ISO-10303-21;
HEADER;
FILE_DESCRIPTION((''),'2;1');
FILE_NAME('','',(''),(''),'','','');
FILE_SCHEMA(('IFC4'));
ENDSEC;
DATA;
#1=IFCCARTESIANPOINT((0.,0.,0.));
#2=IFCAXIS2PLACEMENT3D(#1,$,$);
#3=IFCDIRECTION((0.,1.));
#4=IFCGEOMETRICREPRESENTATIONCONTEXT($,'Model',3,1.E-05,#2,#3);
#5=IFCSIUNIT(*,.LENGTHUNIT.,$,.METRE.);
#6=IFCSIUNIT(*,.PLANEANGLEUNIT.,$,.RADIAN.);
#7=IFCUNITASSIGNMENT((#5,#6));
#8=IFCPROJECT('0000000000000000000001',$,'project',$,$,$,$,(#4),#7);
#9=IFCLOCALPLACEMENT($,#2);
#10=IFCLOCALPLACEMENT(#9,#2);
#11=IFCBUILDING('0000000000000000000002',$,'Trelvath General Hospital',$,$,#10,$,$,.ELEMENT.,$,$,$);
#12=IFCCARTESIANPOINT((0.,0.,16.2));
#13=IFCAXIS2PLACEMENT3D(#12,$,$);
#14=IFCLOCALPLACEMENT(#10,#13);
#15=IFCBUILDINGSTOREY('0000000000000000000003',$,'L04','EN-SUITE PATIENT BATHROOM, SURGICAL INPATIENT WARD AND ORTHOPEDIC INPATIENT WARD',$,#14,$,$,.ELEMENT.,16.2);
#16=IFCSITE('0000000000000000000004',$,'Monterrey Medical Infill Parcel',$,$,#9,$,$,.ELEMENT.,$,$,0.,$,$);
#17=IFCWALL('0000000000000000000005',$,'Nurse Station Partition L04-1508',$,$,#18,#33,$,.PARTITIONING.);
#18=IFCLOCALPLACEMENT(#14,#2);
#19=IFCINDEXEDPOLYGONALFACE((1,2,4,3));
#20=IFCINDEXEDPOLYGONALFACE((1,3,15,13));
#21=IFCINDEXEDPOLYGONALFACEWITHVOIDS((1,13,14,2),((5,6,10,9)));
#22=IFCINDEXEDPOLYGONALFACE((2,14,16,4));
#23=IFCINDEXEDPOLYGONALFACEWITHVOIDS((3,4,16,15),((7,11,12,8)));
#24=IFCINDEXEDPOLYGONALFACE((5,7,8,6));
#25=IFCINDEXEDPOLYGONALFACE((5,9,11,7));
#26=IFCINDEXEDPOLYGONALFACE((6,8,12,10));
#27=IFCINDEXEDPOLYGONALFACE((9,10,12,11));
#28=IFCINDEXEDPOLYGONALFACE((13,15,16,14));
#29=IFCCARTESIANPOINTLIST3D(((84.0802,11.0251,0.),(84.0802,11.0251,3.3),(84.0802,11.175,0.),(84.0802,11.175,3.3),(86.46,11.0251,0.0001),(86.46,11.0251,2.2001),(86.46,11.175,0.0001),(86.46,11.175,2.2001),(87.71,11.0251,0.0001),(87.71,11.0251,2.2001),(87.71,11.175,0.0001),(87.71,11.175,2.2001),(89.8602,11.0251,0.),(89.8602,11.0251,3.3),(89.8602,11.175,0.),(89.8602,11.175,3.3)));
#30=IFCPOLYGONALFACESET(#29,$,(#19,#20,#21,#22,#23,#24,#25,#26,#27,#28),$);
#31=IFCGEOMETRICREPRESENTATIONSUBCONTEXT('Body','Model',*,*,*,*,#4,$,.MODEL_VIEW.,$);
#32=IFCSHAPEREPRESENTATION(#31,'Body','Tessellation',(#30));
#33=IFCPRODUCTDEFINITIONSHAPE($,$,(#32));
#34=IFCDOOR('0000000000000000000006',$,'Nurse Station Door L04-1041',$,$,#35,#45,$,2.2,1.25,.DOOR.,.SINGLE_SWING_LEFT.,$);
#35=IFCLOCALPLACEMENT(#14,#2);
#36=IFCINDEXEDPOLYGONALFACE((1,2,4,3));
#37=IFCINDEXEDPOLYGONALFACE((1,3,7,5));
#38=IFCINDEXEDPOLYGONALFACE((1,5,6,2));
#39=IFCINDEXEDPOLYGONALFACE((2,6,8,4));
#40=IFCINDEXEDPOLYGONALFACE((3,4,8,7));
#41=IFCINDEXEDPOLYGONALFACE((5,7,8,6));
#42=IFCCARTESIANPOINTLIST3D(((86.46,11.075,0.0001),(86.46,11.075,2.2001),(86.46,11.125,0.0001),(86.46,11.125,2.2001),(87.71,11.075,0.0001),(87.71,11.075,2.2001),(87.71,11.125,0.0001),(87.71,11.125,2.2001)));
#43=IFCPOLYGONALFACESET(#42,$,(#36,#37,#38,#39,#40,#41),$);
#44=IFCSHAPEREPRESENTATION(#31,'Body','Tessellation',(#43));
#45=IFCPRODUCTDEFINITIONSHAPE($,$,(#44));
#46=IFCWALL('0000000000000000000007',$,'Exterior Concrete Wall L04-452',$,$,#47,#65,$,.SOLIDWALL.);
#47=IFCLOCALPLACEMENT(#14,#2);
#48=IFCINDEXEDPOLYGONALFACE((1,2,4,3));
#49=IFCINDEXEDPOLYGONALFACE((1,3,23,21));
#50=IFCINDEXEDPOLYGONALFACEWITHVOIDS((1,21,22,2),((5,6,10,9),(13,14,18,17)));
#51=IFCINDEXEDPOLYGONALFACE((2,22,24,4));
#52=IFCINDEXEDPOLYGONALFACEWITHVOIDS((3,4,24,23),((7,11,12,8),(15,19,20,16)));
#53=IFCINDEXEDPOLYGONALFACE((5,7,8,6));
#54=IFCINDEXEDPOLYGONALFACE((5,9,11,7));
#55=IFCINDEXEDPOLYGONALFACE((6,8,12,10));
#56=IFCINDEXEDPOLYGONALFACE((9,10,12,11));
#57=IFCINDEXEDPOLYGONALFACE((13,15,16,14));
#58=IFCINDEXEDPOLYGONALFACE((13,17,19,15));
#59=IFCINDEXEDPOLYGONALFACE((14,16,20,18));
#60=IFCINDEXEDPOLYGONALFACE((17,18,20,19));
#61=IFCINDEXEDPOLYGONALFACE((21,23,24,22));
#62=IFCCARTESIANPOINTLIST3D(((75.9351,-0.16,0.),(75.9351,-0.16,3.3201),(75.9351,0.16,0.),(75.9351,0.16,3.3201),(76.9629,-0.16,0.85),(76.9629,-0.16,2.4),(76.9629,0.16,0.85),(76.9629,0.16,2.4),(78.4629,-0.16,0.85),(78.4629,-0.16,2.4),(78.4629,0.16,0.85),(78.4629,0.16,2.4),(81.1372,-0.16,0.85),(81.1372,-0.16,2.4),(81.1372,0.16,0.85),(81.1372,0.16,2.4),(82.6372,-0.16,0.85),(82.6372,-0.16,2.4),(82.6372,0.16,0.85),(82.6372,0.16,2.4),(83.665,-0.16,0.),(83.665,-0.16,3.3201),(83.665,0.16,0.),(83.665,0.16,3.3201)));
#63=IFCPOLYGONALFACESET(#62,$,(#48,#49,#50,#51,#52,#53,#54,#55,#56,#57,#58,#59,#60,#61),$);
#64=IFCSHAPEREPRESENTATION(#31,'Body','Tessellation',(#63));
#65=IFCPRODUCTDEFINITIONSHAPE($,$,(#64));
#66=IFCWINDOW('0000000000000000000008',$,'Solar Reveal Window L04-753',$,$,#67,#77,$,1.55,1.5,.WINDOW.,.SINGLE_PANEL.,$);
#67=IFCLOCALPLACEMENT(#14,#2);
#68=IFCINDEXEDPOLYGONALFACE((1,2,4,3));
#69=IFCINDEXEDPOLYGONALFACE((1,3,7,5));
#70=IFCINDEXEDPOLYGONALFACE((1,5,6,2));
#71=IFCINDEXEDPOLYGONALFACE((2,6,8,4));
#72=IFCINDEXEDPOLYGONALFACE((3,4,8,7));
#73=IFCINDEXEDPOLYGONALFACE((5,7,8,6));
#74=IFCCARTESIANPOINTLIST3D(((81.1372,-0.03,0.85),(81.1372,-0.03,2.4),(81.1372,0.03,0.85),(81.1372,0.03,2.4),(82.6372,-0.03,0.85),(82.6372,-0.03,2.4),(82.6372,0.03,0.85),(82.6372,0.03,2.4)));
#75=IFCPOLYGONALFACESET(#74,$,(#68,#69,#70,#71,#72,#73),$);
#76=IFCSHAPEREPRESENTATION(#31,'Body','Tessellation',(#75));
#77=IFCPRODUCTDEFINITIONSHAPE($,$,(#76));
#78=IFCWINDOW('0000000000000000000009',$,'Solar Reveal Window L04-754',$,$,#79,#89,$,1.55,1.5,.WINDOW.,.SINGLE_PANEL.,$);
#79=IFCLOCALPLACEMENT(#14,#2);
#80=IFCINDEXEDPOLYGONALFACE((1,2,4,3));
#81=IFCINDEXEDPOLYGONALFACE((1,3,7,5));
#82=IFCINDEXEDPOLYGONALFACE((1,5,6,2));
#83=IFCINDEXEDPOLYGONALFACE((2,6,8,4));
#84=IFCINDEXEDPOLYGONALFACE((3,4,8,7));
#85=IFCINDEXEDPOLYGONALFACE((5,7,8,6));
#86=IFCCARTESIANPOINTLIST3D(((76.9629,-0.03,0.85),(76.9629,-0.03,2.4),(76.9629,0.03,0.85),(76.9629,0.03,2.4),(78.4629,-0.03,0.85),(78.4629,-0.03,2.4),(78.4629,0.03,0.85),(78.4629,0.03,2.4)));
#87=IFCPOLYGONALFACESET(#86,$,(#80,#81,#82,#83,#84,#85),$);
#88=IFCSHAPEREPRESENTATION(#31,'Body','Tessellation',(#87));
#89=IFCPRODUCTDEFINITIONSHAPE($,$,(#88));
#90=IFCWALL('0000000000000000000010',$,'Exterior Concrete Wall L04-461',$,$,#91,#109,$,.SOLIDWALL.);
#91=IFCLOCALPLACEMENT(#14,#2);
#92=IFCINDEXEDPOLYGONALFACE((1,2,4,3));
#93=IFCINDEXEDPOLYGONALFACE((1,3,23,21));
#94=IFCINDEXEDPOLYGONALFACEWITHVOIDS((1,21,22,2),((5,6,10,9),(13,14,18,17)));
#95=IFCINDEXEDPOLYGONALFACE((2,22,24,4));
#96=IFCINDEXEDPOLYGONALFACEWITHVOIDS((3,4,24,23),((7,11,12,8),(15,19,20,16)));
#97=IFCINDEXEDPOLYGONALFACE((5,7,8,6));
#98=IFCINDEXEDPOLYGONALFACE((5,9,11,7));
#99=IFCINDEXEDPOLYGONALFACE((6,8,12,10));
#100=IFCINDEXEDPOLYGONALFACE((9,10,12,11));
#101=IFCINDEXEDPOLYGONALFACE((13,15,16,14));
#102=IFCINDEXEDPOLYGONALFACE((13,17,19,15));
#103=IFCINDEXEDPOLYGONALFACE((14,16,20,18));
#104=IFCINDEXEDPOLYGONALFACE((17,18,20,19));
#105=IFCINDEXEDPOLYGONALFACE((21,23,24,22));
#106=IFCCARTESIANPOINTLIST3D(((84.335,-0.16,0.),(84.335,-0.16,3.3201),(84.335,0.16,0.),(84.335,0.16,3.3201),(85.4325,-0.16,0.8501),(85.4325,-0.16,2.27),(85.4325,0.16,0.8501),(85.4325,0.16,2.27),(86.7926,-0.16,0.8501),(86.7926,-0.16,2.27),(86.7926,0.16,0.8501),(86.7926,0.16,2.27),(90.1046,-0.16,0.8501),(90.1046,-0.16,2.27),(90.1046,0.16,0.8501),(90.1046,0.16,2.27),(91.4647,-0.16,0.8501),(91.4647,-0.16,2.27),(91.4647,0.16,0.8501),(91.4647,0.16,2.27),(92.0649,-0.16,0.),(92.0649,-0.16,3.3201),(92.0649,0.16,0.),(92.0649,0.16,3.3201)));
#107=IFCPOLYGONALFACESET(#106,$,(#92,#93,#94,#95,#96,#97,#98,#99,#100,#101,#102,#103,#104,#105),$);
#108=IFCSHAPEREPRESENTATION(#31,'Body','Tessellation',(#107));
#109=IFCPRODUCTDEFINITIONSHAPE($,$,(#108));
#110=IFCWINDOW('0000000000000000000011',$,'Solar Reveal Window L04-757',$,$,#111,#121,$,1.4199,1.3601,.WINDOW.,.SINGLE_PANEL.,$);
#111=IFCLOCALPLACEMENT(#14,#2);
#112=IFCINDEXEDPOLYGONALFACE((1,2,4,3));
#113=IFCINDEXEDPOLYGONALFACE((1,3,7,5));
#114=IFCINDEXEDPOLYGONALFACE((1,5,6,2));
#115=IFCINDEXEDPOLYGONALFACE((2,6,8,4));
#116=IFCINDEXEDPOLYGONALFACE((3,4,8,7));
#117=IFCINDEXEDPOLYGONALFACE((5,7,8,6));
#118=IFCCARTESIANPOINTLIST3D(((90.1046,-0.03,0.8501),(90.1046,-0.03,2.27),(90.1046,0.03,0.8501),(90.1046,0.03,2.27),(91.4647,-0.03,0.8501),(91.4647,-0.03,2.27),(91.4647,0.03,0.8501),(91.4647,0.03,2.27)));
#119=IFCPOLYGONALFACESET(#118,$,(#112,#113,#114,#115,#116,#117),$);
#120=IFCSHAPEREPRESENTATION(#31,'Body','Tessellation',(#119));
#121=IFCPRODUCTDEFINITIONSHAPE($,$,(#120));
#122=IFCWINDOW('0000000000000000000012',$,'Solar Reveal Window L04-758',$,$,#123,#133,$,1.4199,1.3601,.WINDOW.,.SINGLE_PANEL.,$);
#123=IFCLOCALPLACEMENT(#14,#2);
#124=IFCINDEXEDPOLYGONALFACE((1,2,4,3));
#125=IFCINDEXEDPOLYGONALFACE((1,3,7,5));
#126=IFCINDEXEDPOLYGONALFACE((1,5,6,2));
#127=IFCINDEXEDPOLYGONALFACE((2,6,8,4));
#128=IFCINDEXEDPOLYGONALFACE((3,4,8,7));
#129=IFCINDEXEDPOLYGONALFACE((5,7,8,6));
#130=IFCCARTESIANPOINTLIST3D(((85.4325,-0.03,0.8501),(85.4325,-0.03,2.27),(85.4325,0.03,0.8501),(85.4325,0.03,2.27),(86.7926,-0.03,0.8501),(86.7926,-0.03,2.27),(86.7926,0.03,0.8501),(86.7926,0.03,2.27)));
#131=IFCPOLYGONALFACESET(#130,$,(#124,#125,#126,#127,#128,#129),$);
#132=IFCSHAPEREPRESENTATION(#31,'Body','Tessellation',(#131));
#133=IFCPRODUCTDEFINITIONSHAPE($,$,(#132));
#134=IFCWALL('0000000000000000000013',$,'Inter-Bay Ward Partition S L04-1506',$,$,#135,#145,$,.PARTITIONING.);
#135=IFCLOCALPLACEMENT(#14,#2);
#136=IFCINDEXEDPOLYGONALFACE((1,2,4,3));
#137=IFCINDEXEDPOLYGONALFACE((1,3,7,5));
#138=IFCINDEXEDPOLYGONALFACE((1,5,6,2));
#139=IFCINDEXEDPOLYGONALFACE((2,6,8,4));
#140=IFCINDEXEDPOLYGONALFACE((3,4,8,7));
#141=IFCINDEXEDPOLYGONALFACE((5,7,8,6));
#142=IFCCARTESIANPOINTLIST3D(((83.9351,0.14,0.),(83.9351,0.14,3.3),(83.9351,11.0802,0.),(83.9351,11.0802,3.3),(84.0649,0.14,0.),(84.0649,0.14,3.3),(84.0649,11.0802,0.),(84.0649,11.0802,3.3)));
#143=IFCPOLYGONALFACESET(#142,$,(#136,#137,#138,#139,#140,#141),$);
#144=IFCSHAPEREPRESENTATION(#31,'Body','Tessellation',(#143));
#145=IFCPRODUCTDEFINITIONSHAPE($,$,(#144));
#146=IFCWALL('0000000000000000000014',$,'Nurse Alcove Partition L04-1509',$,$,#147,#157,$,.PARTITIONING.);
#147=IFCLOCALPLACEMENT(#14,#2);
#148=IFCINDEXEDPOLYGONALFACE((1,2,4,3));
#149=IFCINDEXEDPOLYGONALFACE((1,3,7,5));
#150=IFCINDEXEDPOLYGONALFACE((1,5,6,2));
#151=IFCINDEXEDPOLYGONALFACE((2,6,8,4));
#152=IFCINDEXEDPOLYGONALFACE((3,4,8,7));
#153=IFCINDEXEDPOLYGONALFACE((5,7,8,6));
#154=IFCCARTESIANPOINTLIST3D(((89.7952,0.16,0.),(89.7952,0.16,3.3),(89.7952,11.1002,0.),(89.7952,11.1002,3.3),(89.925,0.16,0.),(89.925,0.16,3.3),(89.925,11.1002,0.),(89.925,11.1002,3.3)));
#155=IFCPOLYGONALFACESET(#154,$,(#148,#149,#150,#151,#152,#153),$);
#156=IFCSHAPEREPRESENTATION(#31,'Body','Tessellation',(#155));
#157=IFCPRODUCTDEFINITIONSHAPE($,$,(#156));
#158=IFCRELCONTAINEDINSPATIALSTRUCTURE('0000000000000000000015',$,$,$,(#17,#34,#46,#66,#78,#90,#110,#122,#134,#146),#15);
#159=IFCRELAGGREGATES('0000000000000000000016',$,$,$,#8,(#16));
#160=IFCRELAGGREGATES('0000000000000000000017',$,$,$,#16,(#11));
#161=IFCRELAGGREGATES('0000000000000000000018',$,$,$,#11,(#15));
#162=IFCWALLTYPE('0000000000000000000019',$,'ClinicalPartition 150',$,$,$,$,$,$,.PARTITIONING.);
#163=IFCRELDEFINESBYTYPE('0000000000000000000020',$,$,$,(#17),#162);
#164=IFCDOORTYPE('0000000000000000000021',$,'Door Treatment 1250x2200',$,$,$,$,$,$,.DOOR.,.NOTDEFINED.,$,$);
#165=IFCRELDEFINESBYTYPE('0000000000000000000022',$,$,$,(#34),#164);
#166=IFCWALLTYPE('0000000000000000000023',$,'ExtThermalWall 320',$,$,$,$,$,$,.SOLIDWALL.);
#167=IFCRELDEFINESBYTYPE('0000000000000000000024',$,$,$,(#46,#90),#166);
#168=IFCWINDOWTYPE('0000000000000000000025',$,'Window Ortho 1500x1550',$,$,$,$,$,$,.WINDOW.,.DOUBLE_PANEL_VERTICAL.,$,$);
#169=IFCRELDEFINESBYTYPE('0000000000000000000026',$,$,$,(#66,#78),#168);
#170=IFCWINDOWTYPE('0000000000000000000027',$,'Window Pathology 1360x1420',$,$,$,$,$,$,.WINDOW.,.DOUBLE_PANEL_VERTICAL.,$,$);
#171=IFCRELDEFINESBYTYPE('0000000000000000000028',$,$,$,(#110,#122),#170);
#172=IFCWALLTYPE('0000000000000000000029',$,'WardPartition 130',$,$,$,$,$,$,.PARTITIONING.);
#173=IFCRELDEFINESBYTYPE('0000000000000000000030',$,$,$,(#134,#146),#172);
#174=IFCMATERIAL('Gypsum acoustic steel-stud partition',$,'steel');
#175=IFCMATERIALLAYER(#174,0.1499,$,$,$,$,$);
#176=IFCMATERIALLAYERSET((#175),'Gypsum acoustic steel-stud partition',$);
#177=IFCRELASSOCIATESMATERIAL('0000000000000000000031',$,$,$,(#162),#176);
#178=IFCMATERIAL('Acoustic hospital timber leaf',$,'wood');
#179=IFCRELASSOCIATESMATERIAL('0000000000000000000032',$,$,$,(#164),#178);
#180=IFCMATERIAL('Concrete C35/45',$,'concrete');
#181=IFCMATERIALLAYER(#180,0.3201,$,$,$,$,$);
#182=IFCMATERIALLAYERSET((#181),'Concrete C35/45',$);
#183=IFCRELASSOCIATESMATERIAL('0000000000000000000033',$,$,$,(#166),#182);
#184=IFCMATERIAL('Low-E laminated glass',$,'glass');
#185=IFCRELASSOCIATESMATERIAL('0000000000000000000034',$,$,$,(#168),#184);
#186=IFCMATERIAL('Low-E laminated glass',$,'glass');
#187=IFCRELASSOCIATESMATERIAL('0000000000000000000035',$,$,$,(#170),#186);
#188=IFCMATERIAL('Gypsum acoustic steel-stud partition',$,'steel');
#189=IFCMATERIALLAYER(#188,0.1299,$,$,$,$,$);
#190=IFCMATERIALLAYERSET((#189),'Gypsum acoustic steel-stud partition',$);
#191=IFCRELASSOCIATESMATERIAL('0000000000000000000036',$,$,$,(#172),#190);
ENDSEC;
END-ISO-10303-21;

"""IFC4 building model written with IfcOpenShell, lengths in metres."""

from ifc_helpers import new_model, si_unit, direction, frame, frame_2d, origin, place, context, subcontext, project, spatial, rectangle, extrude, material, layer, layer_set, type_object, element, fill, save


model = new_model("IFC4")

# Units and contexts
model_context = context("Model", 3, precision=1e-05, world=origin(), true_north=direction((0.0, 1.0)))
body_context = subcontext(model_context, "Body", "Model", "MODEL_VIEW")
ifc_project = project(units=[si_unit("LENGTHUNIT", "METRE"), si_unit("PLANEANGLEUNIT", "RADIAN")], contexts=[model_context])

# Site, building, storey
site_placement = place(None, origin())
site = spatial("IfcSite", under=ifc_project, at=site_placement, Name="Monterrey Medical Infill Parcel", CompositionType="ELEMENT", RefElevation=0.0)
building_placement = place(site_placement, origin())
building = spatial("IfcBuilding", under=site, at=building_placement, Name="Trelvath General Hospital", CompositionType="ELEMENT")
storey_placement = place(building_placement, frame((0.0, 0.0, 16.2)))
storey = spatial("IfcBuildingStorey", under=building, at=storey_placement, Name="L04", Description="EN-SUITE PATIENT BATHROOM, SURGICAL INPATIENT WARD AND ORTHOPEDIC INPATIENT WARD", CompositionType="ELEMENT", Elevation=16.2)

# Wall, opening, door
ifc_material_1 = material(Name="Gypsum acoustic steel-stud partition", Category="steel")
ifc_layer_1 = layer(ifc_material_1, 0.1499)
ifc_layer_set_1 = layer_set([ifc_layer_1], Name="Gypsum acoustic steel-stud partition")
wall_type_1 = type_object("IfcWallType", Name="ClinicalPartition 150", PredefinedType="PARTITIONING", material=ifc_layer_set_1)
wall_1_placement = place(storey_placement, frame((84.0801, 11.1001, 0.0), z_axis=(0.0, 0.0, 1.0), x_axis=(1.0, 0.0, 0.0)))
wall_1 = element("IfcWall", 1, at=wall_1_placement, inside=storey, type_object=wall_type_1, Name="Nurse Station Partition L04-1508", PredefinedType="PARTITIONING", context=body_context, shape_type="SweptSolid", body=[
    extrude(rectangle(XDim=5.78, YDim=0.1499, at=frame_2d((2.8901, 0.0))), origin(), (0.0, 0.0, 1.0), 3.3),
])
opening_1_placement = place(wall_1_placement, frame((2.3799, 0.0, 0.0)))
opening_1 = element("IfcOpeningElement", 2, at=opening_1_placement, cuts=wall_1, PredefinedType="OPENING", context=body_context, shape_type="SweptSolid", body=[
    extrude(rectangle(XDim=1.25, YDim=2.2, at=frame_2d((0.625, 1.1001))), frame((0.0, 0.085, 0.0), z_axis=(0.0, -1.0, 0.0), x_axis=(1.0, 0.0, 0.0)), (0.0, 0.0, 1.0), 0.1699),
])
ifc_material_2 = material(Name="Acoustic hospital timber leaf", Category="wood")
door_type_1 = type_object("IfcDoorType", Name="Door Treatment 1250x2200", OperationType="NOTDEFINED", PredefinedType="DOOR", material=ifc_material_2)
door_1_placement = place(opening_1_placement, origin())
door_1 = element("IfcDoor", 3, at=door_1_placement, inside=storey, type_object=door_type_1, Name="Nurse Station Door L04-1041", OperationType="SINGLE_SWING_LEFT", OverallHeight=2.2, OverallWidth=1.25, PredefinedType="DOOR", context=body_context, shape_type="SweptSolid", body=[
    extrude(rectangle(XDim=1.25, YDim=2.2, at=frame_2d((0.625, 1.1001))), frame((0.0, 0.0249, 0.0), z_axis=(0.0, -1.0, 0.0), x_axis=(1.0, 0.0, 0.0)), (0.0, 0.0, 1.0), 0.05),
])
fill(opening_1, door_1)

# Walls, openings, windows
ifc_material_3 = material(Name="Concrete C35/45", Category="concrete")
ifc_layer_2 = layer(ifc_material_3, 0.3201)
ifc_layer_set_2 = layer_set([ifc_layer_2], Name="Concrete C35/45")
wall_type_2 = type_object("IfcWallType", Name="ExtThermalWall 320", PredefinedType="SOLIDWALL", material=ifc_layer_set_2)
wall_2_placement = place(storey_placement, frame((83.665, 0.0, 0.0), z_axis=(0.0, 0.0, 1.0), x_axis=(-1.0, 0.0, 0.0)))
wall_2 = element("IfcWall", 4, at=wall_2_placement, inside=storey, type_object=wall_type_2, Name="Exterior Concrete Wall L04-452", PredefinedType="SOLIDWALL", context=body_context, shape_type="SweptSolid", body=[
    extrude(rectangle(XDim=7.73, YDim=0.3201, at=frame_2d((3.865, 0.0))), origin(), (0.0, 0.0, 1.0), 3.3201),
])
opening_2_placement = place(wall_2_placement, frame((1.0278, 0.0, 0.8501)))
opening_2 = element("IfcOpeningElement", 5, at=opening_2_placement, cuts=wall_2, PredefinedType="OPENING", context=body_context, shape_type="SweptSolid", body=[
    extrude(rectangle(XDim=1.5, YDim=1.55, at=frame_2d((0.75, 0.7749))), frame((0.0, 0.1699, 0.0), z_axis=(0.0, -1.0, 0.0), x_axis=(1.0, 0.0, 0.0)), (0.0, 0.0, 1.0), 0.3401),
])
opening_3_placement = place(wall_2_placement, frame((5.2021, 0.0, 0.8501)))
opening_3 = element("IfcOpeningElement", 6, at=opening_3_placement, cuts=wall_2, PredefinedType="OPENING", context=body_context, shape_type="SweptSolid", body=[
    extrude(rectangle(XDim=1.5, YDim=1.55, at=frame_2d((0.75, 0.7749))), frame((0.0, 0.1699, 0.0), z_axis=(0.0, -1.0, 0.0), x_axis=(1.0, 0.0, 0.0)), (0.0, 0.0, 1.0), 0.3401),
])
ifc_material_4 = material(Name="Low-E laminated glass", Category="glass")
window_type_1 = type_object("IfcWindowType", Name="Window Ortho 1500x1550", PartitioningType="DOUBLE_PANEL_VERTICAL", PredefinedType="WINDOW", material=ifc_material_4)
window_1_placement = place(opening_2_placement, origin())
window_1 = element("IfcWindow", 7, at=window_1_placement, inside=storey, type_object=window_type_1, Name="Solar Reveal Window L04-753", OverallHeight=1.55, OverallWidth=1.5, PartitioningType="SINGLE_PANEL", PredefinedType="WINDOW", context=body_context, shape_type="SweptSolid", body=[
    extrude(rectangle(XDim=1.5, YDim=1.55, at=frame_2d((0.75, 0.7749))), frame((0.0, 0.03, 0.0), z_axis=(0.0, -1.0, 0.0), x_axis=(1.0, 0.0, 0.0)), (0.0, 0.0, 1.0), 0.0601),
])
fill(opening_2, window_1)
window_2_placement = place(opening_3_placement, origin())
window_2 = element("IfcWindow", 8, at=window_2_placement, inside=storey, type_object=window_type_1, Name="Solar Reveal Window L04-754", OverallHeight=1.55, OverallWidth=1.5, PartitioningType="SINGLE_PANEL", PredefinedType="WINDOW", context=body_context, shape_type="SweptSolid", body=[
    extrude(rectangle(XDim=1.5, YDim=1.55, at=frame_2d((0.75, 0.7749))), frame((0.0, 0.03, 0.0), z_axis=(0.0, -1.0, 0.0), x_axis=(1.0, 0.0, 0.0)), (0.0, 0.0, 1.0), 0.0601),
])
fill(opening_3, window_2)
wall_3_placement = place(storey_placement, frame((92.0649, 0.0, 0.0), z_axis=(0.0, 0.0, 1.0), x_axis=(-1.0, 0.0, 0.0)))
wall_3 = element("IfcWall", 9, at=wall_3_placement, inside=storey, type_object=wall_type_2, Name="Exterior Concrete Wall L04-461", PredefinedType="SOLIDWALL", context=body_context, shape_type="SweptSolid", body=[
    extrude(rectangle(XDim=7.73, YDim=0.3201, at=frame_2d((3.865, 0.0))), origin(), (0.0, 0.0, 1.0), 3.3201),
])
opening_4_placement = place(wall_3_placement, frame((0.6001, 0.0, 0.8501)))
opening_4 = element("IfcOpeningElement", 10, at=opening_4_placement, cuts=wall_3, PredefinedType="OPENING", context=body_context, shape_type="SweptSolid", body=[
    extrude(rectangle(XDim=1.3601, YDim=1.4199, at=frame_2d((0.6802, 0.71))), frame((0.0, 0.1699, 0.0), z_axis=(0.0, -1.0, 0.0), x_axis=(1.0, 0.0, 0.0)), (0.0, 0.0, 1.0), 0.3401),
])
opening_5_placement = place(wall_3_placement, frame((5.2722, 0.0, 0.8501)))
opening_5 = element("IfcOpeningElement", 11, at=opening_5_placement, cuts=wall_3, PredefinedType="OPENING", context=body_context, shape_type="SweptSolid", body=[
    extrude(rectangle(XDim=1.3601, YDim=1.4199, at=frame_2d((0.6802, 0.71))), frame((0.0, 0.1699, 0.0), z_axis=(0.0, -1.0, 0.0), x_axis=(1.0, 0.0, 0.0)), (0.0, 0.0, 1.0), 0.3401),
])
ifc_material_5 = material(Name="Low-E laminated glass", Category="glass")
window_type_2 = type_object("IfcWindowType", Name="Window Pathology 1360x1420", PartitioningType="DOUBLE_PANEL_VERTICAL", PredefinedType="WINDOW", material=ifc_material_5)
window_3_placement = place(opening_4_placement, origin())
window_3 = element("IfcWindow", 12, at=window_3_placement, inside=storey, type_object=window_type_2, Name="Solar Reveal Window L04-757", OverallHeight=1.4199, OverallWidth=1.3601, PartitioningType="SINGLE_PANEL", PredefinedType="WINDOW", context=body_context, shape_type="SweptSolid", body=[
    extrude(rectangle(XDim=1.3601, YDim=1.4199, at=frame_2d((0.6802, 0.71))), frame((0.0, 0.03, 0.0), z_axis=(0.0, -1.0, 0.0), x_axis=(1.0, 0.0, 0.0)), (0.0, 0.0, 1.0), 0.0601),
])
fill(opening_4, window_3)
window_4_placement = place(opening_5_placement, origin())
window_4 = element("IfcWindow", 13, at=window_4_placement, inside=storey, type_object=window_type_2, Name="Solar Reveal Window L04-758", OverallHeight=1.4199, OverallWidth=1.3601, PartitioningType="SINGLE_PANEL", PredefinedType="WINDOW", context=body_context, shape_type="SweptSolid", body=[
    extrude(rectangle(XDim=1.3601, YDim=1.4199, at=frame_2d((0.6802, 0.71))), frame((0.0, 0.03, 0.0), z_axis=(0.0, -1.0, 0.0), x_axis=(1.0, 0.0, 0.0)), (0.0, 0.0, 1.0), 0.0601),
])
fill(opening_5, window_4)

# Walls
ifc_material_6 = material(Name="Gypsum acoustic steel-stud partition", Category="steel")
ifc_layer_3 = layer(ifc_material_6, 0.1299)
ifc_layer_set_3 = layer_set([ifc_layer_3], Name="Gypsum acoustic steel-stud partition")
wall_type_3 = type_object("IfcWallType", Name="WardPartition 130", PredefinedType="PARTITIONING", material=ifc_layer_set_3)
for number, where, z_axis, x_axis, name in (
    (14, (84.0, 0.1399, 0.0), (0.0, 0.0, 1.0), (0.0, 1.0, 0.0), "Inter-Bay Ward Partition S L04-1506"),
    (15, (89.8601, 0.1599, 0.0), (0.0, 0.0, 1.0), (0.0, 1.0, 0.0), "Nurse Alcove Partition L04-1509"),
):
    element("IfcWall", number, at=place(storey_placement, frame(where, z_axis=z_axis, x_axis=x_axis)), inside=storey, type_object=wall_type_3, Name=name, PredefinedType="PARTITIONING", context=body_context, shape_type="SweptSolid", body=[
        extrude(rectangle(XDim=10.9402, YDim=0.1299, at=frame_2d((5.4702, 0.0))), origin(), (0.0, 0.0, 1.0), 3.3),
    ])

save(model, "model.ifc")
